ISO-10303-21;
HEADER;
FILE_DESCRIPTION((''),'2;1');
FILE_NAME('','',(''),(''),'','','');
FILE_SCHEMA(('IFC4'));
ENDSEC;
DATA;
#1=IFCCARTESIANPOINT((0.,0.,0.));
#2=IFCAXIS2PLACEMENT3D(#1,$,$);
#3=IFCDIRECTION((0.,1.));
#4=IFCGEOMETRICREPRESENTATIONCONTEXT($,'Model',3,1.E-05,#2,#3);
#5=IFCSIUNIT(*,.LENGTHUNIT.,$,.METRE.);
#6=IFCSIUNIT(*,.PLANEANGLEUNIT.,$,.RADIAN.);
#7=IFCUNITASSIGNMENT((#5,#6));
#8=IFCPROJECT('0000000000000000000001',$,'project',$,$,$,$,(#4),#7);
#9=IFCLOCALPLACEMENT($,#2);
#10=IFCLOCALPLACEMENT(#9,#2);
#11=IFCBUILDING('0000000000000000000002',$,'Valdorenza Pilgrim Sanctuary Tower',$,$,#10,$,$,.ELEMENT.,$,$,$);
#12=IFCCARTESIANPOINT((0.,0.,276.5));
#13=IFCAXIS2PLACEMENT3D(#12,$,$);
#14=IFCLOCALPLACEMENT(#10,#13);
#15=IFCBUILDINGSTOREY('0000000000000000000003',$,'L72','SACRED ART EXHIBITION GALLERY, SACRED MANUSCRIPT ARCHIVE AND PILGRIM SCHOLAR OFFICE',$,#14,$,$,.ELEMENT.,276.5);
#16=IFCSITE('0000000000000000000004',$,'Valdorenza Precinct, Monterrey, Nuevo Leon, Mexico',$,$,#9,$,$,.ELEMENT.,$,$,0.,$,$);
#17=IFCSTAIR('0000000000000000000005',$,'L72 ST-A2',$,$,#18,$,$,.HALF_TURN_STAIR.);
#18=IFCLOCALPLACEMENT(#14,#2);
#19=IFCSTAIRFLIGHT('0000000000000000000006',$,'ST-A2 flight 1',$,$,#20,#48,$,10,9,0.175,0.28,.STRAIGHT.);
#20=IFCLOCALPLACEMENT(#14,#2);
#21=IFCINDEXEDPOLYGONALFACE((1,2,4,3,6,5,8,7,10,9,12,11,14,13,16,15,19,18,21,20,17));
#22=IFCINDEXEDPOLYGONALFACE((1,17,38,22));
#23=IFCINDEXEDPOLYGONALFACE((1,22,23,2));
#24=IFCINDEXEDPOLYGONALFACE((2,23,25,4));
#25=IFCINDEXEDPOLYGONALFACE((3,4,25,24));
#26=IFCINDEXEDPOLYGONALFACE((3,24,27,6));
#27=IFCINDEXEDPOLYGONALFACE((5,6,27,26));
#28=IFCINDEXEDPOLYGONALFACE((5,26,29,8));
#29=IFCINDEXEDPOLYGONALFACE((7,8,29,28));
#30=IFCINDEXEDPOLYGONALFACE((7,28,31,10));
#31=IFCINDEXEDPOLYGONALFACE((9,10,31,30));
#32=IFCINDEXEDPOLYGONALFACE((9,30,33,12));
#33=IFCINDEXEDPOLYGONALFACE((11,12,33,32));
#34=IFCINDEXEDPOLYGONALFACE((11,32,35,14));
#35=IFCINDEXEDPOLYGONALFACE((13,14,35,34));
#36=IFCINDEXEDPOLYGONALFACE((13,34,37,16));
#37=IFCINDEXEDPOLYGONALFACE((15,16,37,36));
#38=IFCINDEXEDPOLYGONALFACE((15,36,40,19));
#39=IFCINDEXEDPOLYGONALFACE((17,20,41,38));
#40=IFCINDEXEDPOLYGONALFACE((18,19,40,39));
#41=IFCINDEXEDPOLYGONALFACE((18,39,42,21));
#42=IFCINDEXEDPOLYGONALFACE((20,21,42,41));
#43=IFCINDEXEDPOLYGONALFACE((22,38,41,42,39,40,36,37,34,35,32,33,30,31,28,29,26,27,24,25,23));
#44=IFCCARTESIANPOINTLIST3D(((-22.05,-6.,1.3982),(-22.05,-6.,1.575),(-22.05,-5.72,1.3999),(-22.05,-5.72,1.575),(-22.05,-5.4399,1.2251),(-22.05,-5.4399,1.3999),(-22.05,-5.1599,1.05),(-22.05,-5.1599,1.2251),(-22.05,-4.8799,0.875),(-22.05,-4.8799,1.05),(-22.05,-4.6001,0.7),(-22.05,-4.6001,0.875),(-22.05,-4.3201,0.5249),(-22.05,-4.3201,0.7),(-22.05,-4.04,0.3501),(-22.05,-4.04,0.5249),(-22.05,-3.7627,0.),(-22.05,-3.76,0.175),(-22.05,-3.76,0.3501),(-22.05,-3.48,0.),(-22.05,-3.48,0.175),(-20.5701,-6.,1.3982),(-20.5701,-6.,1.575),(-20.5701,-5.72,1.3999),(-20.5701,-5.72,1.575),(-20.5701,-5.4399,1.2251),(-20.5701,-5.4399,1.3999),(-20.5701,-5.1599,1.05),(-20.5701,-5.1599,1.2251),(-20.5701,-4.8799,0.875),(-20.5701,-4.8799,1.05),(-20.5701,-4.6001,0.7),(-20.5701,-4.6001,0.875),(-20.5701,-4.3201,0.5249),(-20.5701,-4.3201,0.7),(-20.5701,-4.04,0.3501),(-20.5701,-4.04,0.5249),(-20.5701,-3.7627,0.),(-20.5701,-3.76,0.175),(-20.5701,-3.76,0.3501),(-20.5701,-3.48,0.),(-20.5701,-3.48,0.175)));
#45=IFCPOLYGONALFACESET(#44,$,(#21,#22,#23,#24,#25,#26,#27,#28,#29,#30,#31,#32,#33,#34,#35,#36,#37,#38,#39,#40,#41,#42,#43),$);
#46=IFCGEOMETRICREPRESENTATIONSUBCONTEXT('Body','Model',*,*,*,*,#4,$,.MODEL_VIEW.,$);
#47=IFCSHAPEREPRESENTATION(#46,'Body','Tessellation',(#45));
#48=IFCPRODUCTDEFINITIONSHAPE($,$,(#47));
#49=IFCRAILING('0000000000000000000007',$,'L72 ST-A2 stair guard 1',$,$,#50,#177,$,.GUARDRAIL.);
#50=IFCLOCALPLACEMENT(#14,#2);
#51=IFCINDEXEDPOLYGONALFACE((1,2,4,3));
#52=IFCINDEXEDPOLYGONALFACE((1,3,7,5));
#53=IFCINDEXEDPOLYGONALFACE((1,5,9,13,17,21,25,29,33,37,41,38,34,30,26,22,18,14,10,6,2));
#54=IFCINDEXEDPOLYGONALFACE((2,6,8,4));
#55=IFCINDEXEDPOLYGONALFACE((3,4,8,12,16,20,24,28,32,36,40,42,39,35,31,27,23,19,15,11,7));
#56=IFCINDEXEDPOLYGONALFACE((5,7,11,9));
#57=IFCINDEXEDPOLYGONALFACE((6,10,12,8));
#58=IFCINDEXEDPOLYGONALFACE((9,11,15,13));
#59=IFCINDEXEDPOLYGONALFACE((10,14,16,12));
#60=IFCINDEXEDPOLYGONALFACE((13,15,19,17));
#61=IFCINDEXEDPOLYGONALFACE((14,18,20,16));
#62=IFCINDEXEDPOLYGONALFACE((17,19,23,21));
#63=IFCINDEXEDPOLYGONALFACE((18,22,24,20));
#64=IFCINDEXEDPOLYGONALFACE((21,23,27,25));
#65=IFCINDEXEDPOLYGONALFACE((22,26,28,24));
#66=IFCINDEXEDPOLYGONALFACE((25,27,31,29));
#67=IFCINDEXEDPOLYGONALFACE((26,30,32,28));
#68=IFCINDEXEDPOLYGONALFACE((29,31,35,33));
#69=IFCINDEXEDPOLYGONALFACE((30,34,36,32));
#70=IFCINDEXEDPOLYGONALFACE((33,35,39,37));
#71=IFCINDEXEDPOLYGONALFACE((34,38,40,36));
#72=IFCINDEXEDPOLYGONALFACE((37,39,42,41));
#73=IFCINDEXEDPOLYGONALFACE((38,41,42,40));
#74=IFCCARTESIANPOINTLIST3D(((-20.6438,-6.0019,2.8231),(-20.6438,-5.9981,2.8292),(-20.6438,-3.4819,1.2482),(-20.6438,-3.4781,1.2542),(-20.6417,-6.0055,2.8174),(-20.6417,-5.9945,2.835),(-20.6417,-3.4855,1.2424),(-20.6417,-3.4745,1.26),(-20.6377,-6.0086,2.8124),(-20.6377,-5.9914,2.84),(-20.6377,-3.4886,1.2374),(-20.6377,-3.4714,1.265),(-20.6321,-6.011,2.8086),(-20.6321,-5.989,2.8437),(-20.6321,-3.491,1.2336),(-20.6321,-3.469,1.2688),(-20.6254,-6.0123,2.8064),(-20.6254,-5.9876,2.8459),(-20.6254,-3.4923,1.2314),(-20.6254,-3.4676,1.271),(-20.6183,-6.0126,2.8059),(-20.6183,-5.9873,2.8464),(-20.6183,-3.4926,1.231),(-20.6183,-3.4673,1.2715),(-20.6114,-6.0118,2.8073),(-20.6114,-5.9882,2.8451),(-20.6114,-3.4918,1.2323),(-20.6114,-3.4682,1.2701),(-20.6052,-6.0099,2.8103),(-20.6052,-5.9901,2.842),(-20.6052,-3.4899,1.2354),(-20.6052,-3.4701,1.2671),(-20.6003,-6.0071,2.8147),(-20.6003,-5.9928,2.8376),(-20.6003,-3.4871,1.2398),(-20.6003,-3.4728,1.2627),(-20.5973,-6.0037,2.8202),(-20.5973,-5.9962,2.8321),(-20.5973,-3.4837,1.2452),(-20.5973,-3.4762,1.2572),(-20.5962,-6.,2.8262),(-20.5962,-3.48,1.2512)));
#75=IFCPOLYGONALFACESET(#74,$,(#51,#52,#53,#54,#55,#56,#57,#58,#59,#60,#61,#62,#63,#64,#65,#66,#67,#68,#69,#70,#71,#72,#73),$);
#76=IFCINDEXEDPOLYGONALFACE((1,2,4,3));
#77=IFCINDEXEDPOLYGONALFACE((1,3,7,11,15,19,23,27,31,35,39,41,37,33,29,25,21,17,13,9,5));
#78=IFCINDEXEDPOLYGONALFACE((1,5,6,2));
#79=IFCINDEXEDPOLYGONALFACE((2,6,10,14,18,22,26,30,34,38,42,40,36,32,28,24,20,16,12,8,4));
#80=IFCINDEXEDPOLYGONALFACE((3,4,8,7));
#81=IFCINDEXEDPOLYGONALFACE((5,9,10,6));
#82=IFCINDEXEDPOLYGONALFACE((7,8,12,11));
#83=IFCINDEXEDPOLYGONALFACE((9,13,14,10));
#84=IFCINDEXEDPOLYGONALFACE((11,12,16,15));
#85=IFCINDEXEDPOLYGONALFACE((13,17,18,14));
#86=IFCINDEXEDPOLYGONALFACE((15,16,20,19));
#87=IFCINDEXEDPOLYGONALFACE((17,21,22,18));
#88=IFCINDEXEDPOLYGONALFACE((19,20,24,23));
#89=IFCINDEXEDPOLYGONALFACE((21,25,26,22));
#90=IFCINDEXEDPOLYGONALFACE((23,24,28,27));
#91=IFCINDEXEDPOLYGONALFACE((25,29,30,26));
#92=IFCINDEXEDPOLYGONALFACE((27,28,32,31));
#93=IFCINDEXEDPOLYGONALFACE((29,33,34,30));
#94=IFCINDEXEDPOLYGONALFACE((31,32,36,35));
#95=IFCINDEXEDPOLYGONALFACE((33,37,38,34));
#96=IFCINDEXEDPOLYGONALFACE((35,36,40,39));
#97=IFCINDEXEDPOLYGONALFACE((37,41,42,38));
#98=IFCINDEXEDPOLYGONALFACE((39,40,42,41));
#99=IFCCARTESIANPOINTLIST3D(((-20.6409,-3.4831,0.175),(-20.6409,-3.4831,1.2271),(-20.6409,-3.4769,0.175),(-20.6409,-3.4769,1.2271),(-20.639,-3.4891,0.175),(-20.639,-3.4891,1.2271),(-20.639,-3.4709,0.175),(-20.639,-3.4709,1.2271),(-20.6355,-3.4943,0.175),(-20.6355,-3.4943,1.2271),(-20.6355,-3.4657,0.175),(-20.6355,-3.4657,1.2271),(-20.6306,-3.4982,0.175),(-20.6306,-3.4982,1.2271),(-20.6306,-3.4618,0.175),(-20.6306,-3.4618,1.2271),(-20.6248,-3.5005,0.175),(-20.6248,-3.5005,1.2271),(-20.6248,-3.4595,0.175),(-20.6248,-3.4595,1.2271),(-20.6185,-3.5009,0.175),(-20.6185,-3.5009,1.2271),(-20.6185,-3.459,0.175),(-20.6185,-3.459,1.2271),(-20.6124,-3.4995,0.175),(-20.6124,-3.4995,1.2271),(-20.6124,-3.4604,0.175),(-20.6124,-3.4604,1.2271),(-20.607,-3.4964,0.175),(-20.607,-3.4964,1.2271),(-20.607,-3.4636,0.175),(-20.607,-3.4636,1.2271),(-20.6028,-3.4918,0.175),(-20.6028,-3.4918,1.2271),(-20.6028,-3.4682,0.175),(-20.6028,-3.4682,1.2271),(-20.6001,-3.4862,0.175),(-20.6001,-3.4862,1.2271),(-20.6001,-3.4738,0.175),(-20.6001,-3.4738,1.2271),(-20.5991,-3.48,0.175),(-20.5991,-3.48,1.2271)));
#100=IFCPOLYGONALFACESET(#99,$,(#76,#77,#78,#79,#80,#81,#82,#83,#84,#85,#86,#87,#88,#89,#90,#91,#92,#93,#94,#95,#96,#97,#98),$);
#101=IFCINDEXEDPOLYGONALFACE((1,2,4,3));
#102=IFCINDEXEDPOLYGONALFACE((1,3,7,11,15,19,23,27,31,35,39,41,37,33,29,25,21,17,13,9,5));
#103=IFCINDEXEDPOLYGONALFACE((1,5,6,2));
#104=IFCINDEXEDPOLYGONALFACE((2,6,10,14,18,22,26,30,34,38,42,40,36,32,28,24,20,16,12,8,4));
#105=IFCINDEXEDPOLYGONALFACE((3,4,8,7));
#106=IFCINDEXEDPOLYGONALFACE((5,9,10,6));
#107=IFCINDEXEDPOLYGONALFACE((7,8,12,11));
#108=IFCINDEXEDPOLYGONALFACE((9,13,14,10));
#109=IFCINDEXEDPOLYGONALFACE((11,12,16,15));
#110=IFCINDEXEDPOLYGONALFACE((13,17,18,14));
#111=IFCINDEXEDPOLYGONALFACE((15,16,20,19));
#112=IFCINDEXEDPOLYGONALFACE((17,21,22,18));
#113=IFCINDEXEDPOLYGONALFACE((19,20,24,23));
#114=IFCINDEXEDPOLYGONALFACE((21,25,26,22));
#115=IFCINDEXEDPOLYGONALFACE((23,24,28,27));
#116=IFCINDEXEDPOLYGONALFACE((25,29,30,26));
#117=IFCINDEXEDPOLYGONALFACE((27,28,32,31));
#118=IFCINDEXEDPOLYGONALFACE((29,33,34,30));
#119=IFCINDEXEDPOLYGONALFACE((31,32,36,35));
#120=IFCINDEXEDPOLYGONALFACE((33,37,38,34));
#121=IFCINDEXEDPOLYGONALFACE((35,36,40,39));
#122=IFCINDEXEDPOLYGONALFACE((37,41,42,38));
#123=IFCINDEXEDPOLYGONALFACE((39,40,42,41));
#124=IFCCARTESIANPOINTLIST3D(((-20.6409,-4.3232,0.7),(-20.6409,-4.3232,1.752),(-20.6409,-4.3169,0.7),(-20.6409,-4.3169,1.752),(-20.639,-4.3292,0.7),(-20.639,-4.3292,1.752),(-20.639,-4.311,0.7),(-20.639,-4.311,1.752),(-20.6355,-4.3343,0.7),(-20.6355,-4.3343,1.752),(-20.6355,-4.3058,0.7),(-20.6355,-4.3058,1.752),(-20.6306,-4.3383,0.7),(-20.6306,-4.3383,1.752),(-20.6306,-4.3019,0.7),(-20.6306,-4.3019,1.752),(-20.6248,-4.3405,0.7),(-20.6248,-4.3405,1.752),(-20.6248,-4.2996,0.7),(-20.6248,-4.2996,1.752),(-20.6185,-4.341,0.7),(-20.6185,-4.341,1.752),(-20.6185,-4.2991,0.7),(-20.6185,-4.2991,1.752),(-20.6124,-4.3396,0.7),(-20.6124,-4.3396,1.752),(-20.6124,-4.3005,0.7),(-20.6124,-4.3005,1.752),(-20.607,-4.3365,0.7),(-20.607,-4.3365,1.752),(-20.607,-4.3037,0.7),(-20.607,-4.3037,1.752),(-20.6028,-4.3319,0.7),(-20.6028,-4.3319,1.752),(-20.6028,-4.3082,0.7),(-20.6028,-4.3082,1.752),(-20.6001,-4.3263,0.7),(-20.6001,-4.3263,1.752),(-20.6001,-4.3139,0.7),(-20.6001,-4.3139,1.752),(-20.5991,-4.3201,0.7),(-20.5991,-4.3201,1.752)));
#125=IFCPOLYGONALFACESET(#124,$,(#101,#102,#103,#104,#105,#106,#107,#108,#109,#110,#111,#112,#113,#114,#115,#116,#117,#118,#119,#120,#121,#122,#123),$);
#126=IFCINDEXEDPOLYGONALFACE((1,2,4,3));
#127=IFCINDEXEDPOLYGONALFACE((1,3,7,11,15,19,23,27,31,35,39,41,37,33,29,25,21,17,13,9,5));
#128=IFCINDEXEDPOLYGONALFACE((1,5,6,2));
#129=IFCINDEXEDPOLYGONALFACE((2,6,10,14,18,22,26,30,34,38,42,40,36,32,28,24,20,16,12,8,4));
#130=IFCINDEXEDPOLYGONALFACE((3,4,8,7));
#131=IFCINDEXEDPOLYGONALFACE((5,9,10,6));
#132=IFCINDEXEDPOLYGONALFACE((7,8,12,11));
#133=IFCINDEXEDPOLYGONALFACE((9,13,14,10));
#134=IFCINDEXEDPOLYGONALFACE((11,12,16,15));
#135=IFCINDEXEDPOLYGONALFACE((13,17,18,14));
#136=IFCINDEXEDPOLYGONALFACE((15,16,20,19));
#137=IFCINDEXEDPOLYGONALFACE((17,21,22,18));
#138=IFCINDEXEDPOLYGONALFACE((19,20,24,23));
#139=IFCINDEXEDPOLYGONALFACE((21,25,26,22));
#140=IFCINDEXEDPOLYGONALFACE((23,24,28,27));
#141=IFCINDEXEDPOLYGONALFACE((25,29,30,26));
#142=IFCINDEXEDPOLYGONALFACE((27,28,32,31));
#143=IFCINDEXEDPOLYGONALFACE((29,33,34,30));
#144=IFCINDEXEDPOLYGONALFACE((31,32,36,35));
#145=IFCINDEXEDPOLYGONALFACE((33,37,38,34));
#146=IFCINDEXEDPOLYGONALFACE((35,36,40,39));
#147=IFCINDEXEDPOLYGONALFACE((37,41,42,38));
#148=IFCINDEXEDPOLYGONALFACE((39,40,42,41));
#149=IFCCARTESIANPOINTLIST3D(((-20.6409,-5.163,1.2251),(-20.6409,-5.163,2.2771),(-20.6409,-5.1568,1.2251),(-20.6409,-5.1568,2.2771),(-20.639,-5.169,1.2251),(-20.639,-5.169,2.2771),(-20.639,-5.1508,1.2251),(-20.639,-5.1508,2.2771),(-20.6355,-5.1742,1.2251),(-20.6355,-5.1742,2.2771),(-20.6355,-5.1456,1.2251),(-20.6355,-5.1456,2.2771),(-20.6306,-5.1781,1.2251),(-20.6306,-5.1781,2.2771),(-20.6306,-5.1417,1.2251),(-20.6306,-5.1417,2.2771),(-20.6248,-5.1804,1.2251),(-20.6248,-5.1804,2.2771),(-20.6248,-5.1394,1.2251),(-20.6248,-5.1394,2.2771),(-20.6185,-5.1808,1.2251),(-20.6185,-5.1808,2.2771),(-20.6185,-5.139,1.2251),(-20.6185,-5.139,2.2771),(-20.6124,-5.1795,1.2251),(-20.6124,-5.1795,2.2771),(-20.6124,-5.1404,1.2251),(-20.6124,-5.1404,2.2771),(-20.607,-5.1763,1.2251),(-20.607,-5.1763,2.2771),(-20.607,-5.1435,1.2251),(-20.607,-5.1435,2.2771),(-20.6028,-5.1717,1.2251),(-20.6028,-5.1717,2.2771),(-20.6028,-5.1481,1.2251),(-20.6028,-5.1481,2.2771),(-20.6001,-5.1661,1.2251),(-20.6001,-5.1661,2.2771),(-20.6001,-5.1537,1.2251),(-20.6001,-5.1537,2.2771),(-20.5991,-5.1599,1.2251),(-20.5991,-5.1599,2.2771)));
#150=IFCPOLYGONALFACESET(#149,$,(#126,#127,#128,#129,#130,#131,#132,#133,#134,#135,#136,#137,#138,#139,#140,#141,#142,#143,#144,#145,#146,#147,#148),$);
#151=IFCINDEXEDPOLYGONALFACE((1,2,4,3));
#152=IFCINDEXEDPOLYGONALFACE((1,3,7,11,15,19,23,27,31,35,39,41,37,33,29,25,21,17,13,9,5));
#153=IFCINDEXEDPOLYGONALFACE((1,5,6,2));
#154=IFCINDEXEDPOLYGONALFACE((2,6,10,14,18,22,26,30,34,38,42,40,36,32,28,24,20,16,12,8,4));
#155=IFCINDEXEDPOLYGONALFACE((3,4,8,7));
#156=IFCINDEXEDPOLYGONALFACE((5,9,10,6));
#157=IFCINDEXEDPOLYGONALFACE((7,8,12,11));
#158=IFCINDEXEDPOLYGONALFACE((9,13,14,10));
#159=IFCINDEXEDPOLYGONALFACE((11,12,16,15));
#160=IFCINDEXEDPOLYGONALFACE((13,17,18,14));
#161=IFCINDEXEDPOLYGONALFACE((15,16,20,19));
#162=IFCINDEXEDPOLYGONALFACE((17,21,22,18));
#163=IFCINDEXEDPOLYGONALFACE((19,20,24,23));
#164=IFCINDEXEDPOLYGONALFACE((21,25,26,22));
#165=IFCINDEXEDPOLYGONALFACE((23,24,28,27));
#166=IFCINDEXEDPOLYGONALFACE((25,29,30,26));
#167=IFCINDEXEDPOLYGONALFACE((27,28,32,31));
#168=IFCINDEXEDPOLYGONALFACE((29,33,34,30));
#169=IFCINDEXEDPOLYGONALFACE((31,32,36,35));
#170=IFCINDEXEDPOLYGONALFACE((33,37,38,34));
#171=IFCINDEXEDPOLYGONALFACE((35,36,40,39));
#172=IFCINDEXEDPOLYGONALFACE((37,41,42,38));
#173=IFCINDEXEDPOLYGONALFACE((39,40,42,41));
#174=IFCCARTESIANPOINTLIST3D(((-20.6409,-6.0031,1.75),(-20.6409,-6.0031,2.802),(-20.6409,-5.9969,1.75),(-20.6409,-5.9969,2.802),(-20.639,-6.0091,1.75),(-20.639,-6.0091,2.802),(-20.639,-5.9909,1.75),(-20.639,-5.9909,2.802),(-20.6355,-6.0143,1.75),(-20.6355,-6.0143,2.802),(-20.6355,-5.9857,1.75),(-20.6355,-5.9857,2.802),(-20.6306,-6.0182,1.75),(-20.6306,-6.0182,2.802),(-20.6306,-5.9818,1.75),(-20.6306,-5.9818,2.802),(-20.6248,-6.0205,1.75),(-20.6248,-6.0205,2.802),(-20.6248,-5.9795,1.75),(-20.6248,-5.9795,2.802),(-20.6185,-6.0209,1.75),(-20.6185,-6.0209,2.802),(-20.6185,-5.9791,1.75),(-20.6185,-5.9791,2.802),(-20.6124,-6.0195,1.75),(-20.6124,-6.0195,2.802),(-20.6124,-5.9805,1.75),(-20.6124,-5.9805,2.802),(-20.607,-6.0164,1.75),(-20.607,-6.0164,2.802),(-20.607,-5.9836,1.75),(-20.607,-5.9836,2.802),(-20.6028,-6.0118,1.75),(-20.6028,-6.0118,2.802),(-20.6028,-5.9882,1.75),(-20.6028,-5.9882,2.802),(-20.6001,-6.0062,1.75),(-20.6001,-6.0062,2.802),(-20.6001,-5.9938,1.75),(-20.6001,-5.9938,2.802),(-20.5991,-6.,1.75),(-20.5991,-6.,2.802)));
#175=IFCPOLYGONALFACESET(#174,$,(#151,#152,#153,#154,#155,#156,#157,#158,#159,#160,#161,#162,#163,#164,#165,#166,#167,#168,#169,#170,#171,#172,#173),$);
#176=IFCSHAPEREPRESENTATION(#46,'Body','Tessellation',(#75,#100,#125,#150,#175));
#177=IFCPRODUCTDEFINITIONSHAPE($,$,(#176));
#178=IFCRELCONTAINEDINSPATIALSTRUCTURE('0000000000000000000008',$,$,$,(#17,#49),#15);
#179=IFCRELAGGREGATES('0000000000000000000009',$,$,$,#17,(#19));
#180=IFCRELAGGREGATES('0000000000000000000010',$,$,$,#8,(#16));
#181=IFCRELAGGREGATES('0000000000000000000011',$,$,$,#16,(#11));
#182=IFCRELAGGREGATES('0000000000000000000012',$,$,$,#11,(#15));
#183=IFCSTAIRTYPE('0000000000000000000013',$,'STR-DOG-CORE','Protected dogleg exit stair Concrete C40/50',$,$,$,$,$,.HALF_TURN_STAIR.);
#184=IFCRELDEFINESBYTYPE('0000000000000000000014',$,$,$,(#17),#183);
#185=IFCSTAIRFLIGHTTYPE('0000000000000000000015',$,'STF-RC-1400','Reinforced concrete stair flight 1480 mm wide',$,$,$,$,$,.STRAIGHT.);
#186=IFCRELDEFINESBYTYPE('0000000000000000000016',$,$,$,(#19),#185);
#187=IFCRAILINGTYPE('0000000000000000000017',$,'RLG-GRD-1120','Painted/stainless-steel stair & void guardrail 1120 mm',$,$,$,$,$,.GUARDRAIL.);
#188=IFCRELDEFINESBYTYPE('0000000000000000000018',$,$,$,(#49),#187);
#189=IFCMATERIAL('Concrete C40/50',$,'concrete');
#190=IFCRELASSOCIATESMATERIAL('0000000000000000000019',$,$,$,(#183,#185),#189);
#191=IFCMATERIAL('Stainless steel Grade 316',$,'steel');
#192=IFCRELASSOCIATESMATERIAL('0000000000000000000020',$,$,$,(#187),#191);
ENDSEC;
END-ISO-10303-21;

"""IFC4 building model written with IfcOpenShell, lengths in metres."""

from ifc_helpers import new_model, si_unit, direction, frame, origin, origin_2d, place, context, subcontext, project, spatial, polyline, circle, outline, extrude, material, type_object, element, aggregate, save


model = new_model("IFC4")

# Units and contexts
model_context = context("Model", 3, precision=1e-05, world=origin(), true_north=direction((0.0, 1.0)))
body_context = subcontext(model_context, "Body", "Model", "MODEL_VIEW")
ifc_project = project(units=[si_unit("LENGTHUNIT", "METRE"), si_unit("PLANEANGLEUNIT", "RADIAN")], contexts=[model_context])

# Site, building, storey
site_placement = place(None, origin())
site = spatial("IfcSite", under=ifc_project, at=site_placement, Name="Valdorenza Precinct, Monterrey, Nuevo Leon, Mexico", CompositionType="ELEMENT", RefElevation=0.0)
building_placement = place(site_placement, origin())
building = spatial("IfcBuilding", under=site, at=building_placement, Name="Valdorenza Pilgrim Sanctuary Tower", CompositionType="ELEMENT")
storey_placement = place(building_placement, frame((0.0, 0.0, 276.5)))
storey = spatial("IfcBuildingStorey", under=building, at=storey_placement, Name="L72", Description="SACRED ART EXHIBITION GALLERY, SACRED MANUSCRIPT ARCHIVE AND PILGRIM SCHOLAR OFFICE", CompositionType="ELEMENT", Elevation=276.5)

# Shared definitions
ifc_material_1 = material(Name="Concrete C40/50", Category="concrete")

# Stair, stair flight
stair_type = type_object("IfcStairType", Name="STR-DOG-CORE", Description="Protected dogleg exit stair Concrete C40/50", PredefinedType="HALF_TURN_STAIR", material=ifc_material_1)
stair_placement = place(storey_placement, origin())
stair = element("IfcStair", 1, at=stair_placement, inside=storey, type_object=stair_type, Name="L72 ST-A2", PredefinedType="HALF_TURN_STAIR")
stair_flight_type = type_object("IfcStairFlightType", Name="STF-RC-1400", Description="Reinforced concrete stair flight 1480 mm wide", PredefinedType="STRAIGHT", material=ifc_material_1)
stair_flight_placement = place(storey_placement, frame((-21.3101, -3.48, 0.0), z_axis=(0.0, 0.0, 1.0), x_axis=(0.0, -1.0, 0.0)))
stair_flight = element("IfcStairFlight", 2, at=stair_flight_placement, type_object=stair_flight_type, Name="ST-A2 flight 1", NumberOfRisers=10, NumberOfTreads=9, PredefinedType="STRAIGHT", RiserHeight=0.175, TreadLength=0.28, context=body_context, shape_type="SweptSolid", body=[
    extrude(outline(polyline([(0.0, 0.0), (0.0, 0.175), (0.28, 0.175), (0.28, 0.3501), (0.5601, 0.3501), (0.5601, 0.5249), (0.8401, 0.5249), (0.8401, 0.7), (1.1201, 0.7), (1.1201, 0.875), (1.3999, 0.875), (1.3999, 1.05), (1.6799, 1.05), (1.6799, 1.2251), (1.96, 1.2251), (1.96, 1.3999), (2.24, 1.3999), (2.24, 1.575), (2.52, 1.575), (2.52, 1.75), (2.52, 1.3982), (0.2827, 0.0), (0.0, 0.0)])), frame((0.0, 0.74, 0.0), z_axis=(0.0, -1.0, 0.0), x_axis=(1.0, 0.0, 0.0)), (0.0, 0.0, 1.0), 1.48),
])
aggregate(stair, [stair_flight])

# Railing
ifc_material_2 = material(Name="Stainless steel Grade 316", Category="steel")
railing_type_1 = type_object("IfcRailingType", Name="RLG-GRD-1120", Description="Painted/stainless-steel stair & void guardrail 1120 mm", PredefinedType="GUARDRAIL", material=ifc_material_2)
railing_1_placement = place(storey_placement, frame((-20.6201, -3.48, 0.175)))
element("IfcRailing", 3, at=railing_1_placement, inside=storey, type_object=railing_type_1, Name="L72 ST-A2 stair guard 1", PredefinedType="GUARDRAIL", context=body_context, shape_type="SweptSolid", body=[
    extrude(circle(Radius=0.0239, at=origin_2d()), frame((0.0, 0.0, 1.0762), z_axis=(0.0, -0.848008, 0.529984), x_axis=(1.0, 0.0, 0.0)), (0.0, 0.0, 1.0), 2.9717),
    extrude(circle(Radius=0.021, at=origin_2d()), origin(), (0.0, 0.0, 1.0), 1.052),
    extrude(circle(Radius=0.021, at=origin_2d()), frame((0.0, -0.8401, 0.5249)), (0.0, 0.0, 1.0), 1.052),
    extrude(circle(Radius=0.021, at=origin_2d()), frame((0.0, -1.6799, 1.05)), (0.0, 0.0, 1.0), 1.052),
    extrude(circle(Radius=0.021, at=origin_2d()), frame((0.0, -2.52, 1.575)), (0.0, 0.0, 1.0), 1.052),
])

save(model, "model.ifc")
